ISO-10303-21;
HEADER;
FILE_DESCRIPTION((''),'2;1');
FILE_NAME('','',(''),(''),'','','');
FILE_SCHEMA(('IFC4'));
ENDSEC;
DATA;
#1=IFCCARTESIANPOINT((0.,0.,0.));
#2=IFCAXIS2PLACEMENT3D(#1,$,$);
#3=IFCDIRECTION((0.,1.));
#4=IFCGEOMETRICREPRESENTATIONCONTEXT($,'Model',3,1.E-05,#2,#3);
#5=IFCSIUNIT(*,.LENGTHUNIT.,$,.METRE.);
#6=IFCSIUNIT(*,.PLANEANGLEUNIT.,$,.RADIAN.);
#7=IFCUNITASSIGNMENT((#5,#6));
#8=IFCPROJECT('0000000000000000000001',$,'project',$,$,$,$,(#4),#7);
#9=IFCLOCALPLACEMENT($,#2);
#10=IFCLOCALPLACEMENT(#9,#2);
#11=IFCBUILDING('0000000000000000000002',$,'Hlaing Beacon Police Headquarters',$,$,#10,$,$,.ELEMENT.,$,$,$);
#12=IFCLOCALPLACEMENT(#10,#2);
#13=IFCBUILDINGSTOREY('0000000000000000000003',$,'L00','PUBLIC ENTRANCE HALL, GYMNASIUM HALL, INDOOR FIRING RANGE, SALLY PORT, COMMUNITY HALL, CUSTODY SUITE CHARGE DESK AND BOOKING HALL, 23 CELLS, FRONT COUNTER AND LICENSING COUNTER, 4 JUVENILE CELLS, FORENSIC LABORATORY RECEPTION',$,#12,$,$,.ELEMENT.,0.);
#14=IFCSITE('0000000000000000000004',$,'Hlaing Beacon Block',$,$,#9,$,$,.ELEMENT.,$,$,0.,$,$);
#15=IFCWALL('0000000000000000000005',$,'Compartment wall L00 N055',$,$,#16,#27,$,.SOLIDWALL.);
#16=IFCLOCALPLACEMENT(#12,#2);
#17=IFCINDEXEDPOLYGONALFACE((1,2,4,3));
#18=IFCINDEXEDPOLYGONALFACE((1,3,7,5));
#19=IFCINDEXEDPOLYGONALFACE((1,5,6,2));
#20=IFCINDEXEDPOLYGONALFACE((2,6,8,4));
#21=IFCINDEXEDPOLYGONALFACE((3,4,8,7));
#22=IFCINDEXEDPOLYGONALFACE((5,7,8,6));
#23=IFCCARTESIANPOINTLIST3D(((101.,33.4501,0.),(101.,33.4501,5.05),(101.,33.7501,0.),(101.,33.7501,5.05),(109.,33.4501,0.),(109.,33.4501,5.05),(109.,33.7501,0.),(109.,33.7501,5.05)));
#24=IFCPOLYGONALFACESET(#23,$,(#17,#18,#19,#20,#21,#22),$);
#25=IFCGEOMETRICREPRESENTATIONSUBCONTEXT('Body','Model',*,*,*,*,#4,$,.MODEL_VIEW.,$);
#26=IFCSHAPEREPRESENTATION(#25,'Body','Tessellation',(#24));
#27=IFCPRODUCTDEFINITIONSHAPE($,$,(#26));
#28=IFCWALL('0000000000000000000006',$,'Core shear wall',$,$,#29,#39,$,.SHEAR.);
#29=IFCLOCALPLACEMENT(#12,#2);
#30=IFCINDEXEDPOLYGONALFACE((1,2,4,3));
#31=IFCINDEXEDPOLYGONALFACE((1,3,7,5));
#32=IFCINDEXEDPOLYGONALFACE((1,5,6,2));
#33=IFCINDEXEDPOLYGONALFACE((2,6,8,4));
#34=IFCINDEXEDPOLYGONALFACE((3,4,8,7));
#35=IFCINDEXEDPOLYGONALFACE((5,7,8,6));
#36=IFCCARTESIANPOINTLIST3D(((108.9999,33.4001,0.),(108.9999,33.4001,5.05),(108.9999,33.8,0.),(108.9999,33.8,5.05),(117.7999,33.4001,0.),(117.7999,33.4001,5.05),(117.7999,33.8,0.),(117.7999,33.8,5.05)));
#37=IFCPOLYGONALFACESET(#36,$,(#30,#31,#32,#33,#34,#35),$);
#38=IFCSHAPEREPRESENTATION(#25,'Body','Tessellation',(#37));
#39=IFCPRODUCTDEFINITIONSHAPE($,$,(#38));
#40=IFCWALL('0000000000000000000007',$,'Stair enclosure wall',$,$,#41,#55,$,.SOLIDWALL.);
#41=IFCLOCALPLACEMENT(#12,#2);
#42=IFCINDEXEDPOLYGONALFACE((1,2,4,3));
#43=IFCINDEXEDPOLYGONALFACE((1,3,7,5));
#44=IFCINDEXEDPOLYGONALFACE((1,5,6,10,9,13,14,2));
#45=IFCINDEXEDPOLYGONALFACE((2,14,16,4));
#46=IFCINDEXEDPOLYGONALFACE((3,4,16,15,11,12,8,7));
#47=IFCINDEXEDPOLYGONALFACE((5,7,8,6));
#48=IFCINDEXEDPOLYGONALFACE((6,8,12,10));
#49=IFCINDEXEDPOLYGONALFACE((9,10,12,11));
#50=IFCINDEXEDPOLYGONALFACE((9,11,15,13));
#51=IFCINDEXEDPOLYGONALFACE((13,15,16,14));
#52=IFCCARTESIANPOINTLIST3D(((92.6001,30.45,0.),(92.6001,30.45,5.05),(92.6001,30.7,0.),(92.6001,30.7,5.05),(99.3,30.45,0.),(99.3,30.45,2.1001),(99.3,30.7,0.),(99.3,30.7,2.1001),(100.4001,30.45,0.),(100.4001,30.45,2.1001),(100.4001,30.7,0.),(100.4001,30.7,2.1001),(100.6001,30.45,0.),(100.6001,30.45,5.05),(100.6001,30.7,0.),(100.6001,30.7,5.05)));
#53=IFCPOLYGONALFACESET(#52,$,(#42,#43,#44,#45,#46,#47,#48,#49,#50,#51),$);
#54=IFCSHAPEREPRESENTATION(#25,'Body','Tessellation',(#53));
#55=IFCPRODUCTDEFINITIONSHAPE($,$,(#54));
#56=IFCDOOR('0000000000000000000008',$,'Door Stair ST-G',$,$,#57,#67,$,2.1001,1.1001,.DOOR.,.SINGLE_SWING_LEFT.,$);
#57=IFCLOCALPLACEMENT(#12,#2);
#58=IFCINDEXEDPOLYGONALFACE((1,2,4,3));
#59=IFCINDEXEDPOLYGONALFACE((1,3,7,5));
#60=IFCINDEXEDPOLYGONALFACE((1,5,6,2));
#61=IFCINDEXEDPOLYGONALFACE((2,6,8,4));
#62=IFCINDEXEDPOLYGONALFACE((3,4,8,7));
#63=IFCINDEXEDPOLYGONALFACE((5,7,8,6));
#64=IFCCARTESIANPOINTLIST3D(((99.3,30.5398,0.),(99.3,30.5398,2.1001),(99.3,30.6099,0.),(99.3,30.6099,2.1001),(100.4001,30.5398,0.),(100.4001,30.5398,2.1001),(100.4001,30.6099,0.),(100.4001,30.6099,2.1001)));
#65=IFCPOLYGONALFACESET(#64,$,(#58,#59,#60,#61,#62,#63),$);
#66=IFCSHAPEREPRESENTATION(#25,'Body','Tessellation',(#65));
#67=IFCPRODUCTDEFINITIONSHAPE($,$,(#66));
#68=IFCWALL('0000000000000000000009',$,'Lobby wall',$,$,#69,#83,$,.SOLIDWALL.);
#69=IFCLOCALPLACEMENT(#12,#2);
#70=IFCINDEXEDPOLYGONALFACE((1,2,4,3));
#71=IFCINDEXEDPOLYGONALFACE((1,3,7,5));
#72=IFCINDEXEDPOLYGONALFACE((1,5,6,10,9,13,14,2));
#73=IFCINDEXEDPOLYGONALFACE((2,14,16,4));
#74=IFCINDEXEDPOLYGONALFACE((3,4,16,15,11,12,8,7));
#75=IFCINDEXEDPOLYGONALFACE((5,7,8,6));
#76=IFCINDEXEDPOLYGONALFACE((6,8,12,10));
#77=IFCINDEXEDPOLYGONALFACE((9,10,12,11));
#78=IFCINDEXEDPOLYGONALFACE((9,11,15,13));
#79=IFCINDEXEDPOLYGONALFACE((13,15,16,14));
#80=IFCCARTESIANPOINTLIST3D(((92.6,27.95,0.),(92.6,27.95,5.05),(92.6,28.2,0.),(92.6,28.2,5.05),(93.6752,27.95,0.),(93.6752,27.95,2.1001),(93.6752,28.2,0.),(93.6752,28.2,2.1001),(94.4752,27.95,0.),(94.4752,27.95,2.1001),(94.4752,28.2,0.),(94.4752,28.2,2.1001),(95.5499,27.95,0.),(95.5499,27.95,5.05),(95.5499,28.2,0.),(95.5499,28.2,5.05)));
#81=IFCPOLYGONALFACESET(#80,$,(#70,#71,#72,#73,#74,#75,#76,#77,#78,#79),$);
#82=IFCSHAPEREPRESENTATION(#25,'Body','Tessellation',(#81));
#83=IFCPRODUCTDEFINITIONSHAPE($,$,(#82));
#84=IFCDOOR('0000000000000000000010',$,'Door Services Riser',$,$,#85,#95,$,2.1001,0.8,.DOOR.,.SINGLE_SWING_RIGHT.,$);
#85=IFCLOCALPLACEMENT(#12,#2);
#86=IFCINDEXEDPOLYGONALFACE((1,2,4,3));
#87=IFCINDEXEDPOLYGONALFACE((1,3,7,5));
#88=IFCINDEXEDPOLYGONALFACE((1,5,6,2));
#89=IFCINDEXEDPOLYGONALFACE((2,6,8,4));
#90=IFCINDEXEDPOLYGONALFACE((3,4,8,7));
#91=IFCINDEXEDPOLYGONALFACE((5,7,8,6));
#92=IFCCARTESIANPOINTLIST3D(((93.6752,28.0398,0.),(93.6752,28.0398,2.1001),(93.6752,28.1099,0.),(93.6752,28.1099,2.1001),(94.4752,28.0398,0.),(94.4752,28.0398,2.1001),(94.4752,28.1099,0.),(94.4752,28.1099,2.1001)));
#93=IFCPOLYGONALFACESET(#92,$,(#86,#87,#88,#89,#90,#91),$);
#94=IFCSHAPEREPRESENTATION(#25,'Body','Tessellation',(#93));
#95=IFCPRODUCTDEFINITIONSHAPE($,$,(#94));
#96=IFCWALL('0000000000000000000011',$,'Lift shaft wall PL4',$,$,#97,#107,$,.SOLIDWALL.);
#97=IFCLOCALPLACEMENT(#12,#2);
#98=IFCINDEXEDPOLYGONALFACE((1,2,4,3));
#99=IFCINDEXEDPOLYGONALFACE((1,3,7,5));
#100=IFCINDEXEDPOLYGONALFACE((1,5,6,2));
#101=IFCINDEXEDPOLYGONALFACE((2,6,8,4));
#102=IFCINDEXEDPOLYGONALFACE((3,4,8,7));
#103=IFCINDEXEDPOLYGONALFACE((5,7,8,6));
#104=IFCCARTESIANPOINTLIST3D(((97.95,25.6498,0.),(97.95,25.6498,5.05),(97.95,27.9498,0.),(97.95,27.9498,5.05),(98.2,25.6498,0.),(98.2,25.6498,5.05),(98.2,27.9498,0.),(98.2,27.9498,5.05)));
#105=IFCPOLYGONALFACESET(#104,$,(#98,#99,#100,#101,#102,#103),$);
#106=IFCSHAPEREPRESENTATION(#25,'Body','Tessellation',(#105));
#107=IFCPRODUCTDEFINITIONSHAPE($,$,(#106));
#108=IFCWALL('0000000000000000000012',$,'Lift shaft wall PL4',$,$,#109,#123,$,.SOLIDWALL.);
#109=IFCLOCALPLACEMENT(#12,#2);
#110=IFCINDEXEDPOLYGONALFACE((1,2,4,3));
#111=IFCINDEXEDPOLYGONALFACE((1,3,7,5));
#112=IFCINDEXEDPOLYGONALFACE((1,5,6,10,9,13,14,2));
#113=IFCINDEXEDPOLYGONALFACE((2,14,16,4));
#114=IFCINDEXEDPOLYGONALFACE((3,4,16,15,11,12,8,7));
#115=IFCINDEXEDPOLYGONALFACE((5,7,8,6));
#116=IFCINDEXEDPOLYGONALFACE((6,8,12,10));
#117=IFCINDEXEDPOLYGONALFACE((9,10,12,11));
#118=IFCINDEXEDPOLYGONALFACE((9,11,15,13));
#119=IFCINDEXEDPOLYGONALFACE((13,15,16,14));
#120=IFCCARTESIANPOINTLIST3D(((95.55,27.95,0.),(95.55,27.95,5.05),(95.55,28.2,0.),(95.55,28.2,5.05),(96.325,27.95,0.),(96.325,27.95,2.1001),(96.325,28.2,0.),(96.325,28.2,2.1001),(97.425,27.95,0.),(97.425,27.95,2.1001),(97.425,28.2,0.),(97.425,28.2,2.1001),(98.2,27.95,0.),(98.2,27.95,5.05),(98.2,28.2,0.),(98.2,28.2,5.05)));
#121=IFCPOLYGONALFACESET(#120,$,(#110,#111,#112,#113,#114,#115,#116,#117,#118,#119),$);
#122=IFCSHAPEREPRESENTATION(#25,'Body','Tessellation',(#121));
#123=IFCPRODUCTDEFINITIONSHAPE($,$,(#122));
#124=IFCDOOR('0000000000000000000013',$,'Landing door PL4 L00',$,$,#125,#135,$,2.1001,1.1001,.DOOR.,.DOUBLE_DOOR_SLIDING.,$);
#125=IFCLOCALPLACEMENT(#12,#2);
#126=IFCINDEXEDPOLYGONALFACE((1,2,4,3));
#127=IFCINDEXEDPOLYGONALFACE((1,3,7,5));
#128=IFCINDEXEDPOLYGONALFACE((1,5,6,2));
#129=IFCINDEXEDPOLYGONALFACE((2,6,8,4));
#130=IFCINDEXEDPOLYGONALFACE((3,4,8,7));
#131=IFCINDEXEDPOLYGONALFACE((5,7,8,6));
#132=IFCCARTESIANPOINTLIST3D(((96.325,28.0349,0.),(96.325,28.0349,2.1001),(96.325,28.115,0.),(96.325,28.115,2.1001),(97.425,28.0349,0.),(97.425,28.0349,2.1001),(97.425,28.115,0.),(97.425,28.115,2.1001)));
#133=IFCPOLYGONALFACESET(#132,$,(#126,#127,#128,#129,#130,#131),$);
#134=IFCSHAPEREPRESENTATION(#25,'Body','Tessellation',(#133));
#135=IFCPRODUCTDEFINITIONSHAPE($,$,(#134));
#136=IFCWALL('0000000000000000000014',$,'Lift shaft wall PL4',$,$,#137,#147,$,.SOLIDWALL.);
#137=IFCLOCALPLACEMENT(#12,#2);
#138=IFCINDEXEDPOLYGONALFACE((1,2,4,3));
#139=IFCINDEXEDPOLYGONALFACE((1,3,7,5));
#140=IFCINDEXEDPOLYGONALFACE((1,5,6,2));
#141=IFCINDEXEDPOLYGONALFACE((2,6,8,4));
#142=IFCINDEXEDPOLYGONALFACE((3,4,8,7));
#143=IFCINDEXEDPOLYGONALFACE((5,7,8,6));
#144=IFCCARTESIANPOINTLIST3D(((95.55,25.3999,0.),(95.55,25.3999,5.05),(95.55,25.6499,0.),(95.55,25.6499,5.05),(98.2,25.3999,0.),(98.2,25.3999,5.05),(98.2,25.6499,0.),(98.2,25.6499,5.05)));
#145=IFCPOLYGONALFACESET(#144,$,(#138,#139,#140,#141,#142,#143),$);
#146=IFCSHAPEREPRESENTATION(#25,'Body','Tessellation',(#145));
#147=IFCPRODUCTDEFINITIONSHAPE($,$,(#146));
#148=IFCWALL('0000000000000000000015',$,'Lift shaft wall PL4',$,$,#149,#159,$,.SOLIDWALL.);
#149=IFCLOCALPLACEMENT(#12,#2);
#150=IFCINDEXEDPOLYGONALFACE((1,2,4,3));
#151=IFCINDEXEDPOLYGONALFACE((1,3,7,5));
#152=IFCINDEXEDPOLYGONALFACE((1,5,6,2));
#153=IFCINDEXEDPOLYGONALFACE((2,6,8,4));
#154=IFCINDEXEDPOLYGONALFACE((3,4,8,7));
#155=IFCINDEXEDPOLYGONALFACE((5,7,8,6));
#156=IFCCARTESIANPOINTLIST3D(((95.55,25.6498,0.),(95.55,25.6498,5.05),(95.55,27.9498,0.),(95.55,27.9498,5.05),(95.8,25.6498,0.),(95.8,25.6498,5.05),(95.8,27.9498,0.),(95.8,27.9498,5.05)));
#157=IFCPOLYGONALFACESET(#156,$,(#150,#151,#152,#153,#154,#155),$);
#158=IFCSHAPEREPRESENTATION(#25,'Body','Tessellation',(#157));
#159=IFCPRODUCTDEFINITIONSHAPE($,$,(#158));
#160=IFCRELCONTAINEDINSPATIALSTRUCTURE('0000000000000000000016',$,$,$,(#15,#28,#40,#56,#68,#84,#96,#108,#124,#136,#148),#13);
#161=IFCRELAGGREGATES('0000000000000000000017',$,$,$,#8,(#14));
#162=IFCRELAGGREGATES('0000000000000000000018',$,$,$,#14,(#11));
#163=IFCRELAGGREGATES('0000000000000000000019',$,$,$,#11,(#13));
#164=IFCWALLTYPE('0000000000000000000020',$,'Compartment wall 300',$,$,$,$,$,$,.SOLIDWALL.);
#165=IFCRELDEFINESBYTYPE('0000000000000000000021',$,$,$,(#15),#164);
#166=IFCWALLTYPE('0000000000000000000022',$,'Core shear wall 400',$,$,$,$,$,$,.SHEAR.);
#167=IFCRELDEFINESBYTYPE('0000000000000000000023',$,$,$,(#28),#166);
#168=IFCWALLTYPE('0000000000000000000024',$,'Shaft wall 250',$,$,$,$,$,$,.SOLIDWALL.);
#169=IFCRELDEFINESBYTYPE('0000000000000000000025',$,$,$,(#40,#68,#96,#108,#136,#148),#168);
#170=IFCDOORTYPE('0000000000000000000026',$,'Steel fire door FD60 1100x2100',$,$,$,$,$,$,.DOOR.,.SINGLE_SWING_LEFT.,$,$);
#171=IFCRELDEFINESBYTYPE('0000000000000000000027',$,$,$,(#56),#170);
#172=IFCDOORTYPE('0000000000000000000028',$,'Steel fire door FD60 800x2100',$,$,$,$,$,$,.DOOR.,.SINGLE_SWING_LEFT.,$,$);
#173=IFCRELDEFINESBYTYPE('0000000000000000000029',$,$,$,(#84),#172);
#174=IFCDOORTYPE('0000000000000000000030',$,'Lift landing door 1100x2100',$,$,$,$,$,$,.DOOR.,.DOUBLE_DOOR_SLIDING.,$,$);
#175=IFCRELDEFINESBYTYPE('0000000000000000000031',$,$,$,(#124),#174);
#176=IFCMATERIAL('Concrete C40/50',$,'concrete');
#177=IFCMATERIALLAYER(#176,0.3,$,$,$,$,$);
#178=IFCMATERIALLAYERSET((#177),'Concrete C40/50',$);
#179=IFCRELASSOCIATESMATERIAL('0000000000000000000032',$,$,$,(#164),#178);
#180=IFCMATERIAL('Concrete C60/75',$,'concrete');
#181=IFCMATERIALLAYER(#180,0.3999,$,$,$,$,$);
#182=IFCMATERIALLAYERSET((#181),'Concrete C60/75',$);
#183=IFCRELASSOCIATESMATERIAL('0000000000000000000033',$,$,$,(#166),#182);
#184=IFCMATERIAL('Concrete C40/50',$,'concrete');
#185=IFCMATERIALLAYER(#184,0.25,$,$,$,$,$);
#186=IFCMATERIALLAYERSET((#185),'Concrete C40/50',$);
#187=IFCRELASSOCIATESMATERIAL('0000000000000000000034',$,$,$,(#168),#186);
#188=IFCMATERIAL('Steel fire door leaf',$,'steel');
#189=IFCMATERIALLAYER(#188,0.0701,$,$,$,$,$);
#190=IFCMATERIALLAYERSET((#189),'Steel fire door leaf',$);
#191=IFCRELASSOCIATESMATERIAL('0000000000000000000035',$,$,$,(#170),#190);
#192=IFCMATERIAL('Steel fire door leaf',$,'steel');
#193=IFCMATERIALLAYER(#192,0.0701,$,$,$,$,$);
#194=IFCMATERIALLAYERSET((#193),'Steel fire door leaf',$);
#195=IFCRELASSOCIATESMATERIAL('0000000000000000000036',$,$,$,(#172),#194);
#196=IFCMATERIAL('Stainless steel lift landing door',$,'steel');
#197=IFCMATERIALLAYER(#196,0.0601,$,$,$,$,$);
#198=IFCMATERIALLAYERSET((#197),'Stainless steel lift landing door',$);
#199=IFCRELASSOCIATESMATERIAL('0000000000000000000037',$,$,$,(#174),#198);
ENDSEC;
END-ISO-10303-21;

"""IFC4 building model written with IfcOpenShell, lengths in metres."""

from ifc_helpers import new_model, si_unit, direction, frame, frame_2d, origin, place, context, subcontext, project, spatial, rectangle, extrude, material, layer, layer_set, type_object, element, fill, save


model = new_model("IFC4")

# Units and contexts
model_context = context("Model", 3, precision=1e-05, world=origin(), true_north=direction((0.0, 1.0)))
body_context = subcontext(model_context, "Body", "Model", "MODEL_VIEW")
ifc_project = project(units=[si_unit("LENGTHUNIT", "METRE"), si_unit("PLANEANGLEUNIT", "RADIAN")], contexts=[model_context])

# Site, building, storey
site_placement = place(None, origin())
site = spatial("IfcSite", under=ifc_project, at=site_placement, Name="Hlaing Beacon Block", CompositionType="ELEMENT", RefElevation=0.0)
building_placement = place(site_placement, origin())
building = spatial("IfcBuilding", under=site, at=building_placement, Name="Hlaing Beacon Police Headquarters", CompositionType="ELEMENT")
storey_placement = place(building_placement, origin())
storey = spatial("IfcBuildingStorey", under=building, at=storey_placement, Name="L00", Description="PUBLIC ENTRANCE HALL, GYMNASIUM HALL, INDOOR FIRING RANGE, SALLY PORT, COMMUNITY HALL, CUSTODY SUITE CHARGE DESK AND BOOKING HALL, 23 CELLS, FRONT COUNTER AND LICENSING COUNTER, 4 JUVENILE CELLS, FORENSIC LABORATORY RECEPTION", CompositionType="ELEMENT", Elevation=0.0)

# Walls
ifc_material_1 = material(Name="Concrete C40/50", Category="concrete")
ifc_layer_1 = layer(ifc_material_1, 0.3)
ifc_layer_set_1 = layer_set([ifc_layer_1], Name="Concrete C40/50")
wall_type_1 = type_object("IfcWallType", Name="Compartment wall 300", PredefinedType="SOLIDWALL", material=ifc_layer_set_1)
wall_1_placement = place(storey_placement, frame((109.0, 33.6001, 0.0), z_axis=(0.0, 0.0, 1.0), x_axis=(-1.0, 0.0, 0.0)))
element("IfcWall", 1, at=wall_1_placement, inside=storey, type_object=wall_type_1, Name="Compartment wall L00 N055", PredefinedType="SOLIDWALL", context=body_context, shape_type="SweptSolid", body=[
    extrude(rectangle(XDim=8.0, YDim=0.3, at=frame_2d((4.0, 0.0))), origin(), (0.0, 0.0, 1.0), 5.05),
])
ifc_material_2 = material(Name="Concrete C60/75", Category="concrete")
ifc_layer_2 = layer(ifc_material_2, 0.3999)
ifc_layer_set_2 = layer_set([ifc_layer_2], Name="Concrete C60/75")
wall_type_2 = type_object("IfcWallType", Name="Core shear wall 400", PredefinedType="SHEAR", material=ifc_layer_set_2)
wall_2_placement = place(storey_placement, frame((109.0, 33.6001, 0.0), z_axis=(0.0, 0.0, 1.0), x_axis=(1.0, 0.0, 0.0)))
element("IfcWall", 2, at=wall_2_placement, inside=storey, type_object=wall_type_2, Name="Core shear wall", PredefinedType="SHEAR", context=body_context, shape_type="SweptSolid", body=[
    extrude(rectangle(XDim=8.8, YDim=0.3999, at=frame_2d((4.3999, 0.0))), origin(), (0.0, 0.0, 1.0), 5.05),
])

# Walls, openings, doors
ifc_material_3 = material(Name="Concrete C40/50", Category="concrete")
ifc_layer_3 = layer(ifc_material_3, 0.25)
ifc_layer_set_3 = layer_set([ifc_layer_3], Name="Concrete C40/50")
wall_type_3 = type_object("IfcWallType", Name="Shaft wall 250", PredefinedType="SOLIDWALL", material=ifc_layer_set_3)
wall_3_placement = place(storey_placement, frame((100.6001, 30.575, 0.0), z_axis=(0.0, 0.0, 1.0), x_axis=(-1.0, 0.0, 0.0)))
wall_3 = element("IfcWall", 3, at=wall_3_placement, inside=storey, type_object=wall_type_3, Name="Stair enclosure wall", PredefinedType="SOLIDWALL", context=body_context, shape_type="SweptSolid", body=[
    extrude(rectangle(XDim=8.0, YDim=0.25, at=frame_2d((4.0, 0.0))), origin(), (0.0, 0.0, 1.0), 5.05),
])
opening_1_placement = place(wall_3_placement, frame((0.2, 0.0, 0.0)))
opening_1 = element("IfcOpeningElement", 4, at=opening_1_placement, cuts=wall_3, PredefinedType="OPENING", context=body_context, shape_type="SweptSolid", body=[
    extrude(rectangle(XDim=1.1001, YDim=2.1001, at=frame_2d((0.55, 1.05))), frame((0.0, 0.135, 0.0), z_axis=(0.0, -1.0, 0.0), x_axis=(1.0, 0.0, 0.0)), (0.0, 0.0, 1.0), 0.27),
])
ifc_material_4 = material(Name="Steel fire door leaf", Category="steel")
ifc_layer_4 = layer(ifc_material_4, 0.0701)
ifc_layer_set_4 = layer_set([ifc_layer_4], Name="Steel fire door leaf")
door_type_1 = type_object("IfcDoorType", Name="Steel fire door FD60 1100x2100", OperationType="SINGLE_SWING_LEFT", PredefinedType="DOOR", material=ifc_layer_set_4)
door_1_placement = place(opening_1_placement, frame((1.1001, 0.0, 0.0), z_axis=(0.0, 0.0, 1.0), x_axis=(-1.0, 0.0, 0.0)))
door_1 = element("IfcDoor", 5, at=door_1_placement, inside=storey, type_object=door_type_1, Name="Door Stair ST-G", OperationType="SINGLE_SWING_LEFT", OverallHeight=2.1001, OverallWidth=1.1001, PredefinedType="DOOR", context=body_context, shape_type="SweptSolid", body=[
    extrude(rectangle(XDim=1.1001, YDim=2.1001, at=frame_2d((0.55, 1.05))), frame((0.0, 0.0349, 0.0), z_axis=(0.0, -1.0, 0.0), x_axis=(1.0, 0.0, 0.0)), (0.0, 0.0, 1.0), 0.0701),
])
fill(opening_1, door_1)
wall_4_placement = place(storey_placement, frame((95.55, 28.075, 0.0), z_axis=(0.0, 0.0, 1.0), x_axis=(-1.0, 0.0, 0.0)))
wall_4 = element("IfcWall", 6, at=wall_4_placement, inside=storey, type_object=wall_type_3, Name="Lobby wall", PredefinedType="SOLIDWALL", context=body_context, shape_type="SweptSolid", body=[
    extrude(rectangle(XDim=2.95, YDim=0.25, at=frame_2d((1.4751, 0.0))), origin(), (0.0, 0.0, 1.0), 5.05),
])
opening_2_placement = place(wall_4_placement, frame((1.075, 0.0, 0.0)))
opening_2 = element("IfcOpeningElement", 7, at=opening_2_placement, cuts=wall_4, PredefinedType="OPENING", context=body_context, shape_type="SweptSolid", body=[
    extrude(rectangle(XDim=0.8, YDim=2.1001, at=frame_2d((0.3999, 1.05))), frame((0.0, 0.135, 0.0), z_axis=(0.0, -1.0, 0.0), x_axis=(1.0, 0.0, 0.0)), (0.0, 0.0, 1.0), 0.27),
])
ifc_material_5 = material(Name="Steel fire door leaf", Category="steel")
ifc_layer_5 = layer(ifc_material_5, 0.0701)
ifc_layer_set_5 = layer_set([ifc_layer_5], Name="Steel fire door leaf")
door_type_2 = type_object("IfcDoorType", Name="Steel fire door FD60 800x2100", OperationType="SINGLE_SWING_LEFT", PredefinedType="DOOR", material=ifc_layer_set_5)
door_2_placement = place(opening_2_placement, origin())
door_2 = element("IfcDoor", 8, at=door_2_placement, inside=storey, type_object=door_type_2, Name="Door Services Riser", OperationType="SINGLE_SWING_RIGHT", OverallHeight=2.1001, OverallWidth=0.8, PredefinedType="DOOR", context=body_context, shape_type="SweptSolid", body=[
    extrude(rectangle(XDim=0.8, YDim=2.1001, at=frame_2d((0.3999, 1.05))), frame((0.0, 0.0352, 0.0), z_axis=(0.0, -1.0, 0.0), x_axis=(1.0, 0.0, 0.0)), (0.0, 0.0, 1.0), 0.0701),
])
fill(opening_2, door_2)

# Wall
wall_5_placement = place(storey_placement, frame((98.075, 25.6499, 0.0), z_axis=(0.0, 0.0, 1.0), x_axis=(0.0, 1.0, 0.0)))
element("IfcWall", 9, at=wall_5_placement, inside=storey, type_object=wall_type_3, Name="Lift shaft wall PL4", PredefinedType="SOLIDWALL", context=body_context, shape_type="SweptSolid", body=[
    extrude(rectangle(XDim=2.3, YDim=0.25, at=frame_2d((1.1499, 0.0))), origin(), (0.0, 0.0, 1.0), 5.05),
])

# Wall, opening, door
wall_6_placement = place(storey_placement, frame((95.55, 28.075, 0.0), z_axis=(0.0, 0.0, 1.0), x_axis=(1.0, 0.0, 0.0)))
wall_6 = element("IfcWall", 10, at=wall_6_placement, inside=storey, type_object=wall_type_3, Name="Lift shaft wall PL4", PredefinedType="SOLIDWALL", context=body_context, shape_type="SweptSolid", body=[
    extrude(rectangle(XDim=2.6499, YDim=0.25, at=frame_2d((1.325, 0.0))), origin(), (0.0, 0.0, 1.0), 5.05),
])
opening_3_placement = place(wall_6_placement, frame((0.7749, 0.0, 0.0)))
opening_3 = element("IfcOpeningElement", 11, at=opening_3_placement, cuts=wall_6, PredefinedType="OPENING", context=body_context, shape_type="SweptSolid", body=[
    extrude(rectangle(XDim=1.1001, YDim=2.1001, at=frame_2d((0.55, 1.05))), frame((0.0, 0.135, 0.0), z_axis=(0.0, -1.0, 0.0), x_axis=(1.0, 0.0, 0.0)), (0.0, 0.0, 1.0), 0.27),
])
ifc_material_6 = material(Name="Stainless steel lift landing door", Category="steel")
ifc_layer_6 = layer(ifc_material_6, 0.0601)
ifc_layer_set_6 = layer_set([ifc_layer_6], Name="Stainless steel lift landing door")
door_type_3 = type_object("IfcDoorType", Name="Lift landing door 1100x2100", OperationType="DOUBLE_DOOR_SLIDING", PredefinedType="DOOR", material=ifc_layer_set_6)
door_3_placement = place(opening_3_placement, origin())
door_3 = element("IfcDoor", 12, at=door_3_placement, inside=storey, type_object=door_type_3, Name="Landing door PL4 L00", OperationType="DOUBLE_DOOR_SLIDING", OverallHeight=2.1001, OverallWidth=1.1001, PredefinedType="DOOR", context=body_context, shape_type="SweptSolid", body=[
    extrude(rectangle(XDim=1.1001, YDim=2.1001, at=frame_2d((0.55, 1.05))), frame((0.0, 0.04, 0.0), z_axis=(0.0, -1.0, 0.0), x_axis=(1.0, 0.0, 0.0)), (0.0, 0.0, 1.0), 0.0801),
])
fill(opening_3, door_3)

# Walls
wall_7_placement = place(storey_placement, frame((95.55, 25.5249, 0.0), z_axis=(0.0, 0.0, 1.0), x_axis=(1.0, 0.0, 0.0)))
element("IfcWall", 13, at=wall_7_placement, inside=storey, type_object=wall_type_3, Name="Lift shaft wall PL4", PredefinedType="SOLIDWALL", context=body_context, shape_type="SweptSolid", body=[
    extrude(rectangle(XDim=2.6499, YDim=0.25, at=frame_2d((1.325, 0.0))), origin(), (0.0, 0.0, 1.0), 5.05),
])
wall_8_placement = place(storey_placement, frame((95.675, 25.6499, 0.0), z_axis=(0.0, 0.0, 1.0), x_axis=(0.0, 1.0, 0.0)))
element("IfcWall", 14, at=wall_8_placement, inside=storey, type_object=wall_type_3, Name="Lift shaft wall PL4", PredefinedType="SOLIDWALL", context=body_context, shape_type="SweptSolid", body=[
    extrude(rectangle(XDim=2.3, YDim=0.25, at=frame_2d((1.1499, 0.0))), origin(), (0.0, 0.0, 1.0), 5.05),
])

save(model, "model.ifc")
